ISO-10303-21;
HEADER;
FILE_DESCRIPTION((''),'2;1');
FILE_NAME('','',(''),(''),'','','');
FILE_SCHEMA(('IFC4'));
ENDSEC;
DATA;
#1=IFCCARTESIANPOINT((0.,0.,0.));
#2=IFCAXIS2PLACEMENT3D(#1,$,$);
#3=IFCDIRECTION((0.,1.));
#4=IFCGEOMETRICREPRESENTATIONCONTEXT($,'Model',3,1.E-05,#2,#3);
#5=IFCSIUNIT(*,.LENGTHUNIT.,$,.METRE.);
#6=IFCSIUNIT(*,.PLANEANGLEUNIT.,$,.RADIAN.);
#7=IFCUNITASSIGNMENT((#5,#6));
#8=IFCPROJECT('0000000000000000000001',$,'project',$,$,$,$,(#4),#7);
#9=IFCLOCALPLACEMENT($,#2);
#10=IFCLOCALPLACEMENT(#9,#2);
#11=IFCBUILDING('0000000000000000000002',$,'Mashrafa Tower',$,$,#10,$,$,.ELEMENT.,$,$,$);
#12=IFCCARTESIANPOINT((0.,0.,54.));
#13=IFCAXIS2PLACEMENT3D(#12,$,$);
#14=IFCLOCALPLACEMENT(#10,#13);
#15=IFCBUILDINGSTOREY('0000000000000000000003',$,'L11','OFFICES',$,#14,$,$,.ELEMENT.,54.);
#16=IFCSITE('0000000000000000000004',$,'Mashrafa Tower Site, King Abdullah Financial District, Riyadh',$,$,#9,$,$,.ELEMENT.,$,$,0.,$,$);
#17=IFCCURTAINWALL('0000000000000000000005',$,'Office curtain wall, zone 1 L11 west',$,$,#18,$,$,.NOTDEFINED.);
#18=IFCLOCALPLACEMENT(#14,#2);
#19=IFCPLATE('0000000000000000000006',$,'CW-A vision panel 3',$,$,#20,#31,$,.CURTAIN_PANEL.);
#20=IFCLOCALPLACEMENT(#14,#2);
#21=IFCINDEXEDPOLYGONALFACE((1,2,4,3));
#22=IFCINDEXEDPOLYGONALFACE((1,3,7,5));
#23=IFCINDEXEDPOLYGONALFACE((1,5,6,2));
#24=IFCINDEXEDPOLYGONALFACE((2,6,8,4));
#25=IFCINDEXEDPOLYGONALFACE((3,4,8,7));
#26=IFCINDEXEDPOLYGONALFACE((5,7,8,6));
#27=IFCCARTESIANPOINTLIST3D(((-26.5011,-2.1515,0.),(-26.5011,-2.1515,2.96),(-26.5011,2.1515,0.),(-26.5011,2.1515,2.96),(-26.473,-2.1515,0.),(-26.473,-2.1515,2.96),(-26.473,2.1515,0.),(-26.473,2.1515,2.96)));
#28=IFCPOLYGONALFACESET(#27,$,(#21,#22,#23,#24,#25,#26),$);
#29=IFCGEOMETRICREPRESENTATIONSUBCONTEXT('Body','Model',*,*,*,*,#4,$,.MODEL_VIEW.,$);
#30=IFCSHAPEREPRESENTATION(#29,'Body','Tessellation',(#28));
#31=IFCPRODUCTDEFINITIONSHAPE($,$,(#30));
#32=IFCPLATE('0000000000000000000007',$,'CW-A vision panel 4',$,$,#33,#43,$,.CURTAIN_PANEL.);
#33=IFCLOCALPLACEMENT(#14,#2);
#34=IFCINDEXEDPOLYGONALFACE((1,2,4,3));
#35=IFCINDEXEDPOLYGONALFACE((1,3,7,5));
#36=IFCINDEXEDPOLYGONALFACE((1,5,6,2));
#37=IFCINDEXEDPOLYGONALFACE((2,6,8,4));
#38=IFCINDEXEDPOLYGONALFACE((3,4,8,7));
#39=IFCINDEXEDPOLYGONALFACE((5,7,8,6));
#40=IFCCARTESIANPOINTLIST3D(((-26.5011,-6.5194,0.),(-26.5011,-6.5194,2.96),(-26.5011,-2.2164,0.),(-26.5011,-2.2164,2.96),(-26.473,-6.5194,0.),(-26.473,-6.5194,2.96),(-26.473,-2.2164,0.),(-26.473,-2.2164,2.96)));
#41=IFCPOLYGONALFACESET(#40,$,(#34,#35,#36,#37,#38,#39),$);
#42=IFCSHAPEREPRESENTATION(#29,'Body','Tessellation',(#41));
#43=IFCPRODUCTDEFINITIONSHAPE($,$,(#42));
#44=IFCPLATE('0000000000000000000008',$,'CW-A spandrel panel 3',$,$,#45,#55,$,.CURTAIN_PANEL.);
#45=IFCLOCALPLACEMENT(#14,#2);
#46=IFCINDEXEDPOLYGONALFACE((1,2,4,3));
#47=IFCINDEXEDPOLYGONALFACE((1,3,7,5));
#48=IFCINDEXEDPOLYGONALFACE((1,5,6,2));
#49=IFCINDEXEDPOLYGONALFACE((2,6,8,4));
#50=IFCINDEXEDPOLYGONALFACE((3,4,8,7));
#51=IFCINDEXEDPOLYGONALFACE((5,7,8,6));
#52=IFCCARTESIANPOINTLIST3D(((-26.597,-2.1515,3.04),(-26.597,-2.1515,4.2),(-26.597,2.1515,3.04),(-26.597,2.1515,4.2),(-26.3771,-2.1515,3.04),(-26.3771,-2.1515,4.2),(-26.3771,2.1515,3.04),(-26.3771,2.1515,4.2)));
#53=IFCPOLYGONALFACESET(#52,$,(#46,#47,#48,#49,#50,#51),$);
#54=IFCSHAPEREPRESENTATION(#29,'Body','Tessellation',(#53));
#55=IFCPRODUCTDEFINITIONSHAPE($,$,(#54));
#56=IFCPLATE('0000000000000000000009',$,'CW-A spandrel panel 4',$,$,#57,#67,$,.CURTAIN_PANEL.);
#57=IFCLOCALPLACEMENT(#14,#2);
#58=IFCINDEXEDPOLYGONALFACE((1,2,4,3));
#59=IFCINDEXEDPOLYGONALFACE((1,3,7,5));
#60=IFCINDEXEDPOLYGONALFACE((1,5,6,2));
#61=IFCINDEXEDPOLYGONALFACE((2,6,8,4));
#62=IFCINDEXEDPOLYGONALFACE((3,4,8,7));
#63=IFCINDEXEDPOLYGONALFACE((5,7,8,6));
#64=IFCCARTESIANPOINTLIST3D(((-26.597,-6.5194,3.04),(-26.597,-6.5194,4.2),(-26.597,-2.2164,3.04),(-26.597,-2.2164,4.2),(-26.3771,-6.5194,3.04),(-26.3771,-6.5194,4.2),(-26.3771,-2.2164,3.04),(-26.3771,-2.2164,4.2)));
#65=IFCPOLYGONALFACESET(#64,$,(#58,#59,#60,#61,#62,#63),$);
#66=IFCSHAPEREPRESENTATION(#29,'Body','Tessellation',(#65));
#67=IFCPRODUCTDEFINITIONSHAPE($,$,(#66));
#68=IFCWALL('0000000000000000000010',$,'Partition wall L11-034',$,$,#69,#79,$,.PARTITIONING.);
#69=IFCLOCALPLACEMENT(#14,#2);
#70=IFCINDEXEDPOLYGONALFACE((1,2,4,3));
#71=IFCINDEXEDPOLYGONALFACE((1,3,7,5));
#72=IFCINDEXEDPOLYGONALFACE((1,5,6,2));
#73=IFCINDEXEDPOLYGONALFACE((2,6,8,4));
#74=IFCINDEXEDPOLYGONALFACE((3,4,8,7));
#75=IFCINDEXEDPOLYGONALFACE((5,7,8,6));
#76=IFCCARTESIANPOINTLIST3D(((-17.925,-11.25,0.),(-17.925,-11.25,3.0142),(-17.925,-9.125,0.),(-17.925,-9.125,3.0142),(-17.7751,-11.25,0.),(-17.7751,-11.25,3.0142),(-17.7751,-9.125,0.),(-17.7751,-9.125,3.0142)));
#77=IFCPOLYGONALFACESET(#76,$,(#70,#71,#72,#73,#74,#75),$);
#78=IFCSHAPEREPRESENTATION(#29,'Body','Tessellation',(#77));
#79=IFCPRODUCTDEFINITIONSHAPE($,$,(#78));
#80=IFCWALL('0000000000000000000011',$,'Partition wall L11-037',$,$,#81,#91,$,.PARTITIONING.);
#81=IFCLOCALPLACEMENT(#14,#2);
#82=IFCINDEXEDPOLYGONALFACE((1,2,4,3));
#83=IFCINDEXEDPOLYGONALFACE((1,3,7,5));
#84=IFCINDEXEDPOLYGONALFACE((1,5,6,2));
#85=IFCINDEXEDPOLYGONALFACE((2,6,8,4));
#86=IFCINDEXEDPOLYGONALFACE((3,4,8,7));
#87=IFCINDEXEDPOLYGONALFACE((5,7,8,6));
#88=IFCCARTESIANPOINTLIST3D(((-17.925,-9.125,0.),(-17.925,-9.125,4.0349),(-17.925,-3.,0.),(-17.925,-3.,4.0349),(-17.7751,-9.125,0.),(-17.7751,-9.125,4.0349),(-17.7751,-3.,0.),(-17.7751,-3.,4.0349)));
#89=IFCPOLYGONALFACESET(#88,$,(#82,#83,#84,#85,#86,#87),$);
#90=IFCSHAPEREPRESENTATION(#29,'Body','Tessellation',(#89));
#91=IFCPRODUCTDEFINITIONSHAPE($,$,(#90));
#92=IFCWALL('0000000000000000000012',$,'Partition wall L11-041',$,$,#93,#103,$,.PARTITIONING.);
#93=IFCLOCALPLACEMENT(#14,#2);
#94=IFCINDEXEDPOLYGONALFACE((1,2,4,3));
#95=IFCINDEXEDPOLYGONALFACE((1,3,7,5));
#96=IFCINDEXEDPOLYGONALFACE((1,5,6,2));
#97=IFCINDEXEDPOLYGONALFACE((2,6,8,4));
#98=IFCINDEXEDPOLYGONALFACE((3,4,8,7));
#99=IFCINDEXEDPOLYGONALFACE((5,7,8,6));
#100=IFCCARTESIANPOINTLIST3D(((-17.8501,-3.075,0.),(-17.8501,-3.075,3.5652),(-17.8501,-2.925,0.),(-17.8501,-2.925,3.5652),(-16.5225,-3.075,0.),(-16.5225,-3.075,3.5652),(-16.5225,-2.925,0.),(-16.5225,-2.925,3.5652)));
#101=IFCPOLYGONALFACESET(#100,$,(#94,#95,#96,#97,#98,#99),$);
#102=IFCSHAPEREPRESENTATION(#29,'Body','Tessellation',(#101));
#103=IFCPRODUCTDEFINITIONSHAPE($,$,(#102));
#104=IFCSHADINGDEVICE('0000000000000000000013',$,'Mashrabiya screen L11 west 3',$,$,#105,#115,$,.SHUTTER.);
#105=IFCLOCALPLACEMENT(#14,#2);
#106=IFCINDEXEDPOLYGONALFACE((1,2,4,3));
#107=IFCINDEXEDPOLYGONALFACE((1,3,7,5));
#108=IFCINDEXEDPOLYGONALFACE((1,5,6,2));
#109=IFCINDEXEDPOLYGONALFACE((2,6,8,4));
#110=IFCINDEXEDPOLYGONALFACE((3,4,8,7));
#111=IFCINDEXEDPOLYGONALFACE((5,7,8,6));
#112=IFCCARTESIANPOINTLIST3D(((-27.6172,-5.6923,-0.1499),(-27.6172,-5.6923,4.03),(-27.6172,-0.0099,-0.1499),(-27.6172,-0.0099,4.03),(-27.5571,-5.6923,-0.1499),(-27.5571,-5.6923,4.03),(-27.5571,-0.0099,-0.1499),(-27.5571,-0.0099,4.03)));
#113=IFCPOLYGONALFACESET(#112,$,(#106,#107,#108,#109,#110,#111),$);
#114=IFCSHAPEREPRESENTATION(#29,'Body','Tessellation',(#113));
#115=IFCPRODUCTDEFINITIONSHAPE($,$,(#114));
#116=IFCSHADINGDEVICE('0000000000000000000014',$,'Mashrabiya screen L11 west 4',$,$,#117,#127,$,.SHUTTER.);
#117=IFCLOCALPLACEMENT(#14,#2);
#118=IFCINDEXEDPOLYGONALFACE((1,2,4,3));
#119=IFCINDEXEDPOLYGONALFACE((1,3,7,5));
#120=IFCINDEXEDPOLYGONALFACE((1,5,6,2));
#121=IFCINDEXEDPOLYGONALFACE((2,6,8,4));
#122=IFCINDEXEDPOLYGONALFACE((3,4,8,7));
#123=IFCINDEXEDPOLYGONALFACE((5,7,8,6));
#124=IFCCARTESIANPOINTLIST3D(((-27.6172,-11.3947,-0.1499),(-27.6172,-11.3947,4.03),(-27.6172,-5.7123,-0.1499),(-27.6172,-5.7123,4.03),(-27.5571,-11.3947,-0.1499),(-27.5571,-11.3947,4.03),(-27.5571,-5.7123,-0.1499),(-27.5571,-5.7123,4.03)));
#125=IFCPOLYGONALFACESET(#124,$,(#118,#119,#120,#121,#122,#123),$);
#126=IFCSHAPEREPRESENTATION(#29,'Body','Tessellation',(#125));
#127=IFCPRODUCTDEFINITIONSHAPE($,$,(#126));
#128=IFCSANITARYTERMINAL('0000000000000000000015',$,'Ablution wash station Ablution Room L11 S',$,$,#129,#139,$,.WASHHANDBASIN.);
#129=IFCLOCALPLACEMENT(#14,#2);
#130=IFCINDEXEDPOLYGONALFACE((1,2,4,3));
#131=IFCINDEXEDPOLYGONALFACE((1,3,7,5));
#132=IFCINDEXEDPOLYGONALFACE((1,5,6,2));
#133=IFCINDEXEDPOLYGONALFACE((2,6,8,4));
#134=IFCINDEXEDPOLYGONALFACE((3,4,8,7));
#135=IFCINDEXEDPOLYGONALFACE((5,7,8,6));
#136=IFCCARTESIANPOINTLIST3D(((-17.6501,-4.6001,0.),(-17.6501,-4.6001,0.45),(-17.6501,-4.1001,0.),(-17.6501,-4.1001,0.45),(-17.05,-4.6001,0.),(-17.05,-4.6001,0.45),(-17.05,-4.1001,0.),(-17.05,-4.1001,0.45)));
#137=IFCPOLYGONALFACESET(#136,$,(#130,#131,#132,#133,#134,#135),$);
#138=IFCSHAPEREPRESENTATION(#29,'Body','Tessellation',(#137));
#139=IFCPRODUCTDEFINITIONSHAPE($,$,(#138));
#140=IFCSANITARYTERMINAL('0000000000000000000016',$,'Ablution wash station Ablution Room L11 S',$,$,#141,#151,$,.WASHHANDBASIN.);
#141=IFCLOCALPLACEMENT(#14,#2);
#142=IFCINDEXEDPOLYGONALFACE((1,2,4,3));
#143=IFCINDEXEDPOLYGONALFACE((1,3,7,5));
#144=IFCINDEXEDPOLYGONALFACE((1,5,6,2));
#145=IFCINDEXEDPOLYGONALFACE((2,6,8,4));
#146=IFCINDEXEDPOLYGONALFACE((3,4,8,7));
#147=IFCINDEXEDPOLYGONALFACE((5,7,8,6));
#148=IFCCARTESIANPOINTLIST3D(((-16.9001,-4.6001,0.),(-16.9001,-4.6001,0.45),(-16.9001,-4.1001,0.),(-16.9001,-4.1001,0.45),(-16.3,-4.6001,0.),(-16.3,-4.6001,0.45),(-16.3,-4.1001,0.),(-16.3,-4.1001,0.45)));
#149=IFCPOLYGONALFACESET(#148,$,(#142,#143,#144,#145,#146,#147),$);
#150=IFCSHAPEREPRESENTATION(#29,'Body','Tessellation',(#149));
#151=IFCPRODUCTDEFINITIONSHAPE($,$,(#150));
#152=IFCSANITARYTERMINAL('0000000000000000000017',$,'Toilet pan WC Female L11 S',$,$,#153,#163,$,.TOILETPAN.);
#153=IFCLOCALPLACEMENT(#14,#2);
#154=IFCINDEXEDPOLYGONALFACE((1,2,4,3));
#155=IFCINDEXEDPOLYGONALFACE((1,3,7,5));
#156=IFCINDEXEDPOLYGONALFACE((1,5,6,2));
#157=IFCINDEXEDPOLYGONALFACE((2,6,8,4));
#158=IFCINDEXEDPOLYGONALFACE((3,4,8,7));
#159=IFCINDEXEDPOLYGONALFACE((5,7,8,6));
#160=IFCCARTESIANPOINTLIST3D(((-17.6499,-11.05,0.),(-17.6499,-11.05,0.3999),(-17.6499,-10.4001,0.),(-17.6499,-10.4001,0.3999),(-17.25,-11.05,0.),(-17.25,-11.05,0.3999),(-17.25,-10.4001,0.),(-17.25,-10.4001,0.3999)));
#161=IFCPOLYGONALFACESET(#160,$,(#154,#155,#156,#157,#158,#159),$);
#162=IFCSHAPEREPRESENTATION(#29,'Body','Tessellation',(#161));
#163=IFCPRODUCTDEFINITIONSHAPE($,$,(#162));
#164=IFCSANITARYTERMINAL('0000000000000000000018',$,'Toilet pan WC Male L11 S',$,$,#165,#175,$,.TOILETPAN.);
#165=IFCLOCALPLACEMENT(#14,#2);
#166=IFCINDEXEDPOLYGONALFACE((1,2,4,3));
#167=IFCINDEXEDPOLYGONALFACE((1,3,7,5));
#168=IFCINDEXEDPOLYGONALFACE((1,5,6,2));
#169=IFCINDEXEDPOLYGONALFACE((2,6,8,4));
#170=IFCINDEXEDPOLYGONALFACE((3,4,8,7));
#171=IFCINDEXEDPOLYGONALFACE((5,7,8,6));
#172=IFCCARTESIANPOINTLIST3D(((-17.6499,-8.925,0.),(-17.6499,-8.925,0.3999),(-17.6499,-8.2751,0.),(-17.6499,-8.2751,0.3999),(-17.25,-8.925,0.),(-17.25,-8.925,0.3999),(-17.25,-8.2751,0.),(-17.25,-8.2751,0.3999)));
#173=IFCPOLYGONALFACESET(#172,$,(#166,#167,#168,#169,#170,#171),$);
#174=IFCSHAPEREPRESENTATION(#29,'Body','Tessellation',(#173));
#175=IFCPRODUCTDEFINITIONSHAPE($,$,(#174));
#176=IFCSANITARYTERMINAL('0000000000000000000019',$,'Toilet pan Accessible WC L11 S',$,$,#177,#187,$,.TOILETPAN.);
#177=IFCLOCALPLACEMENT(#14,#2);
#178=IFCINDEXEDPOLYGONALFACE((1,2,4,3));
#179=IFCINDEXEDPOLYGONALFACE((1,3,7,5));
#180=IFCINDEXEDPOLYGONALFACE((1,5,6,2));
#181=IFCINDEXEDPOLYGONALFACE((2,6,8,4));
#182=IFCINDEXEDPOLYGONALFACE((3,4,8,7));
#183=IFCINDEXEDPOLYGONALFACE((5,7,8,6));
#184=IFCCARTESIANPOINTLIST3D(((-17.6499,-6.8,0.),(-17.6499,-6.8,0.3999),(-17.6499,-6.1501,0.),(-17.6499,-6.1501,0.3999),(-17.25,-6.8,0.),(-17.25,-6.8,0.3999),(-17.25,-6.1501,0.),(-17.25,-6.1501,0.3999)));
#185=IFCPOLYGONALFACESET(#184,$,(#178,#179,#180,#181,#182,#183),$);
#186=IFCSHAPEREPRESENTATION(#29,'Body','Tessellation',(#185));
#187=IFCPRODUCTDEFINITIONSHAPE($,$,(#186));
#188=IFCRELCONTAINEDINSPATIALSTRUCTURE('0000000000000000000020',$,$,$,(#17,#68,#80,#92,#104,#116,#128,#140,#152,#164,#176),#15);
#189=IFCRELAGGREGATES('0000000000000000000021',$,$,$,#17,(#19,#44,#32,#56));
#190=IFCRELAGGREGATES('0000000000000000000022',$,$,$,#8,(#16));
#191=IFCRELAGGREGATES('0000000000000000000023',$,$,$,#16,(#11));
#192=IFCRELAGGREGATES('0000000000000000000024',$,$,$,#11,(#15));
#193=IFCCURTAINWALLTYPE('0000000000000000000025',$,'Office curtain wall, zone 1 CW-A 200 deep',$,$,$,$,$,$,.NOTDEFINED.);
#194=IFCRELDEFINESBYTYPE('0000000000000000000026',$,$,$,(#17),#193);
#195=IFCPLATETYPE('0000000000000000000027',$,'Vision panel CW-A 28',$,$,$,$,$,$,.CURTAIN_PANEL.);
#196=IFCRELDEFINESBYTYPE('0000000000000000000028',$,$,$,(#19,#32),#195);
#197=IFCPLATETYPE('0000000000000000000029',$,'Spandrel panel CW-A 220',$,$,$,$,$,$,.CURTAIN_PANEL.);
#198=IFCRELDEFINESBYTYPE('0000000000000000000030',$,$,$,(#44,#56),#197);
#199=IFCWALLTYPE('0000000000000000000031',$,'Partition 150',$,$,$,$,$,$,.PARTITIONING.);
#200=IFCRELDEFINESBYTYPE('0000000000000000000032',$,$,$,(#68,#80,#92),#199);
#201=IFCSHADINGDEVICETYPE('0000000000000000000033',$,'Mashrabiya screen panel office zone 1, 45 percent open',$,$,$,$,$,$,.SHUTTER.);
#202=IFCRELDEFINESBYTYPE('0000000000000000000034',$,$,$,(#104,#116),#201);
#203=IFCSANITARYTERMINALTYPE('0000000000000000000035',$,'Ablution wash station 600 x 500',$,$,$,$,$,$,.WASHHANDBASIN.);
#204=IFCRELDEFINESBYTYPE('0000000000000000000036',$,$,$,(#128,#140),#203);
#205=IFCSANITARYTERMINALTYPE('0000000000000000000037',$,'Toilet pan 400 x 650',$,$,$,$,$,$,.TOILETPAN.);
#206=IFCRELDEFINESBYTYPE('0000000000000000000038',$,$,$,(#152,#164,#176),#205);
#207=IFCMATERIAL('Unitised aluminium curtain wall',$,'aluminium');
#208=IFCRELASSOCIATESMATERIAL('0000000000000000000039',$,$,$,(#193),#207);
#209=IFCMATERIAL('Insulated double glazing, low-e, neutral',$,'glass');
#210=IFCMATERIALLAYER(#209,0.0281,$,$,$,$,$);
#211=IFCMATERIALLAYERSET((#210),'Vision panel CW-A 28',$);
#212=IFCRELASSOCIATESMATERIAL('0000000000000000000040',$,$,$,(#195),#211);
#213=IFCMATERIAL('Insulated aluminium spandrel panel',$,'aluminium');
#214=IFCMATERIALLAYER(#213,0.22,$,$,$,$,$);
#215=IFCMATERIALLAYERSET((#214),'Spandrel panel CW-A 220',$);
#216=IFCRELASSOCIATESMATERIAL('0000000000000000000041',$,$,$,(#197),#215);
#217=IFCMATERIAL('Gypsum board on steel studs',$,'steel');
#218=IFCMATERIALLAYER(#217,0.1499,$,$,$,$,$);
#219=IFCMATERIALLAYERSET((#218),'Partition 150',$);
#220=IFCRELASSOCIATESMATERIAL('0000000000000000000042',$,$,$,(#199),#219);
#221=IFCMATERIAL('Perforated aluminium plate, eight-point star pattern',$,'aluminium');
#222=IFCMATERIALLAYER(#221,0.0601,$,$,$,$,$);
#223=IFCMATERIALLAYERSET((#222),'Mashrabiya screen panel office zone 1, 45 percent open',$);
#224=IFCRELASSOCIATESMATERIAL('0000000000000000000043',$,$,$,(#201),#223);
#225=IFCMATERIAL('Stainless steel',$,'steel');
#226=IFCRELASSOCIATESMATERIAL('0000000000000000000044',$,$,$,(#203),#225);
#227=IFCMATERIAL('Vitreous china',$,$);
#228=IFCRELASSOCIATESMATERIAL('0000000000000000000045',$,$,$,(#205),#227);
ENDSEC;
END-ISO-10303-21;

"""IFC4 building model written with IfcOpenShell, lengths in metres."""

from ifc_helpers import new_model, si_unit, direction, frame, frame_2d, origin, origin_2d, place, context, subcontext, project, spatial, rectangle, extrude, source, transform, mapped, material, layer, layer_set, type_object, type_shapes, element, aggregate, save


model = new_model("IFC4")

# Units and contexts
model_context = context("Model", 3, precision=1e-05, world=origin(), true_north=direction((0.0, 1.0)))
body_context = subcontext(model_context, "Body", "Model", "MODEL_VIEW")
ifc_project = project(units=[si_unit("LENGTHUNIT", "METRE"), si_unit("PLANEANGLEUNIT", "RADIAN")], contexts=[model_context])

# Site, building, storey
site_placement = place(None, origin())
site = spatial("IfcSite", under=ifc_project, at=site_placement, Name="Mashrafa Tower Site, King Abdullah Financial District, Riyadh", CompositionType="ELEMENT", RefElevation=0.0)
building_placement = place(site_placement, origin())
building = spatial("IfcBuilding", under=site, at=building_placement, Name="Mashrafa Tower", CompositionType="ELEMENT")
storey_placement = place(building_placement, frame((0.0, 0.0, 54.0)))
storey = spatial("IfcBuildingStorey", under=building, at=storey_placement, Name="L11", Description="OFFICES", CompositionType="ELEMENT", Elevation=54.0)

# Curtain wall, plates
ifc_material_1 = material(Name="Unitised aluminium curtain wall", Category="aluminium")
curtain_wall_type = type_object("IfcCurtainWallType", Name="Office curtain wall, zone 1 CW-A 200 deep", PredefinedType="NOTDEFINED", material=ifc_material_1)
curtain_wall_placement = place(storey_placement, origin())
curtain_wall = element("IfcCurtainWall", 1, at=curtain_wall_placement, inside=storey, type_object=curtain_wall_type, Name="Office curtain wall, zone 1 L11 west", PredefinedType="NOTDEFINED")
ifc_material_2 = material(Name="Insulated double glazing, low-e, neutral", Category="glass")
ifc_layer_1 = layer(ifc_material_2, 0.0281)
ifc_layer_set_1 = layer_set([ifc_layer_1], Name="Vision panel CW-A 28")
plate_type_1 = type_object("IfcPlateType", Name="Vision panel CW-A 28", PredefinedType="CURTAIN_PANEL", material=ifc_layer_set_1)
ifc_material_3 = material(Name="Insulated aluminium spandrel panel", Category="aluminium")
ifc_layer_2 = layer(ifc_material_3, 0.22)
ifc_layer_set_2 = layer_set([ifc_layer_2], Name="Spandrel panel CW-A 220")
plate_type_2 = type_object("IfcPlateType", Name="Spandrel panel CW-A 220", PredefinedType="CURTAIN_PANEL", material=ifc_layer_set_2)
shared_shape_1 = source(origin(), body_context, "Body", "SweptSolid", [
    extrude(rectangle(XDim=4.303, YDim=0.0281, at=origin_2d()), origin(), (0.0, 0.0, 1.0), 2.96),
])
plate_1_placement = place(storey_placement, frame((-26.4871, 0.0, 0.0), z_axis=(0.0, 0.0, 1.0), x_axis=(0.0, -1.0, 0.0)))
plate_1 = element("IfcPlate", 2, at=plate_1_placement, type_object=plate_type_1, Name="CW-A vision panel 3", PredefinedType="CURTAIN_PANEL", context=body_context, shape_type="MappedRepresentation", body=[
    mapped(shared_shape_1, transform((0.0, 0.0, 0.0))),
])
plate_2_placement = place(storey_placement, frame((-26.4871, -4.3679, 0.0), z_axis=(0.0, 0.0, 1.0), x_axis=(0.0, -1.0, 0.0)))
plate_2 = element("IfcPlate", 3, at=plate_2_placement, type_object=plate_type_1, Name="CW-A vision panel 4", PredefinedType="CURTAIN_PANEL", context=body_context, shape_type="MappedRepresentation", body=[
    mapped(shared_shape_1, transform((0.0, 0.0, 0.0))),
])
shared_shape_2 = source(origin(), body_context, "Body", "SweptSolid", [
    extrude(rectangle(XDim=4.303, YDim=0.22, at=origin_2d()), origin(), (0.0, 0.0, 1.0), 1.1599),
])
plate_3_placement = place(storey_placement, frame((-26.4871, 0.0, 3.04), z_axis=(0.0, 0.0, 1.0), x_axis=(0.0, -1.0, 0.0)))
plate_3 = element("IfcPlate", 4, at=plate_3_placement, type_object=plate_type_2, Name="CW-A spandrel panel 3", PredefinedType="CURTAIN_PANEL", context=body_context, shape_type="MappedRepresentation", body=[
    mapped(shared_shape_2, transform((0.0, 0.0, 0.0))),
])
plate_4_placement = place(storey_placement, frame((-26.4871, -4.3679, 3.04), z_axis=(0.0, 0.0, 1.0), x_axis=(0.0, -1.0, 0.0)))
plate_4 = element("IfcPlate", 5, at=plate_4_placement, type_object=plate_type_2, Name="CW-A spandrel panel 4", PredefinedType="CURTAIN_PANEL", context=body_context, shape_type="MappedRepresentation", body=[
    mapped(shared_shape_2, transform((0.0, 0.0, 0.0))),
])
aggregate(curtain_wall, [plate_1, plate_3, plate_2, plate_4])

# Walls
ifc_material_4 = material(Name="Gypsum board on steel studs", Category="steel")
ifc_layer_3 = layer(ifc_material_4, 0.1499)
ifc_layer_set_3 = layer_set([ifc_layer_3], Name="Partition 150")
wall_type = type_object("IfcWallType", Name="Partition 150", PredefinedType="PARTITIONING", material=ifc_layer_set_3)
wall_1_placement = place(storey_placement, frame((-17.8501, -9.125, 0.0), z_axis=(0.0, 0.0, 1.0), x_axis=(0.0, -1.0, 0.0)))
element("IfcWall", 6, at=wall_1_placement, inside=storey, type_object=wall_type, Name="Partition wall L11-034", PredefinedType="PARTITIONING", context=body_context, shape_type="SweptSolid", body=[
    extrude(rectangle(XDim=2.125, YDim=0.1499, at=frame_2d((1.0625, 0.0))), origin(), (0.0, 0.0, 1.0), 3.0142),
])
wall_2_placement = place(storey_placement, frame((-17.8501, -9.125, 0.0), z_axis=(0.0, 0.0, 1.0), x_axis=(0.0, 1.0, 0.0)))
element("IfcWall", 7, at=wall_2_placement, inside=storey, type_object=wall_type, Name="Partition wall L11-037", PredefinedType="PARTITIONING", context=body_context, shape_type="SweptSolid", body=[
    extrude(rectangle(XDim=6.125, YDim=0.1499, at=frame_2d((3.0625, 0.0))), origin(), (0.0, 0.0, 1.0), 4.0349),
])
wall_3_placement = place(storey_placement, frame((-16.5225, -3.0, 0.0), z_axis=(0.0, 0.0, 1.0), x_axis=(-1.0, 0.0, 0.0)))
element("IfcWall", 8, at=wall_3_placement, inside=storey, type_object=wall_type, Name="Partition wall L11-041", PredefinedType="PARTITIONING", context=body_context, shape_type="SweptSolid", body=[
    extrude(rectangle(XDim=1.3276, YDim=0.1499, at=frame_2d((0.6638, 0.0))), origin(), (0.0, 0.0, 1.0), 3.5652),
])

# Shading devices
ifc_material_5 = material(Name="Perforated aluminium plate, eight-point star pattern", Category="aluminium")
ifc_layer_4 = layer(ifc_material_5, 0.0601)
ifc_layer_set_4 = layer_set([ifc_layer_4], Name="Mashrabiya screen panel office zone 1, 45 percent open")
shading_device_type = type_object("IfcShadingDeviceType", Name="Mashrabiya screen panel office zone 1, 45 percent open", PredefinedType="SHUTTER", material=ifc_layer_set_4)
shared_shape_3 = source(origin(), body_context, "Body", "SweptSolid", [
    extrude(rectangle(XDim=5.6824, YDim=0.0601, at=origin_2d()), origin(), (0.0, 0.0, 1.0), 4.1799),
])
type_shapes(shading_device_type, [shared_shape_3])
for number, where, z_axis, x_axis, name in (
    (9, (-27.5872, -2.8511, -0.1499), (0.0, 0.0, 1.0), (0.0, -1.0, 0.0), "Mashrabiya screen L11 west 3"),
    (10, (-27.5872, -8.5535, -0.1499), (0.0, 0.0, 1.0), (0.0, -1.0, 0.0), "Mashrabiya screen L11 west 4"),
):
    element("IfcShadingDevice", number, at=place(storey_placement, frame(where, z_axis=z_axis, x_axis=x_axis)), inside=storey, type_object=shading_device_type, Name=name, PredefinedType="SHUTTER", context=body_context, shape_type="MappedRepresentation", body=[
        mapped(shared_shape_3, transform((0.0, 0.0, 0.0))),
    ])

# Sanitary terminals
ifc_material_6 = material(Name="Stainless steel", Category="steel")
sanitary_terminal_type_1 = type_object("IfcSanitaryTerminalType", Name="Ablution wash station 600 x 500", PredefinedType="WASHHANDBASIN", material=ifc_material_6)
for number, where, z_axis, x_axis, name in (
    (11, (-17.3501, -4.3501, 0.0), (0.0, 0.0, 1.0), (1.0, 0.0, 0.0), "Ablution wash station Ablution Room L11 S"),
    (12, (-16.6001, -4.3501, 0.0), (0.0, 0.0, 1.0), (1.0, 0.0, 0.0), "Ablution wash station Ablution Room L11 S"),
):
    element("IfcSanitaryTerminal", number, at=place(storey_placement, frame(where, z_axis=z_axis, x_axis=x_axis)), inside=storey, type_object=sanitary_terminal_type_1, Name=name, PredefinedType="WASHHANDBASIN", context=body_context, shape_type="SweptSolid", body=[
        extrude(rectangle(XDim=0.6001, YDim=0.5, at=origin_2d()), origin(), (0.0, 0.0, 1.0), 0.45),
    ])
ifc_material_7 = material(Name="Vitreous china")
sanitary_terminal_type_2 = type_object("IfcSanitaryTerminalType", Name="Toilet pan 400 x 650", PredefinedType="TOILETPAN", material=ifc_material_7)
for number, where, z_axis, x_axis, name in (
    (13, (-17.45, -10.7251, 0.0), (0.0, 0.0, 1.0), (1.0, 0.0, 0.0), "Toilet pan WC Female L11 S"),
    (14, (-17.45, -8.6001, 0.0), (0.0, 0.0, 1.0), (1.0, 0.0, 0.0), "Toilet pan WC Male L11 S"),
    (15, (-17.45, -6.4751, 0.0), (0.0, 0.0, 1.0), (1.0, 0.0, 0.0), "Toilet pan Accessible WC L11 S"),
):
    element("IfcSanitaryTerminal", number, at=place(storey_placement, frame(where, z_axis=z_axis, x_axis=x_axis)), inside=storey, type_object=sanitary_terminal_type_2, Name=name, PredefinedType="TOILETPAN", context=body_context, shape_type="SweptSolid", body=[
        extrude(rectangle(XDim=0.3999, YDim=0.6499, at=origin_2d()), origin(), (0.0, 0.0, 1.0), 0.3999),
    ])

save(model, "model.ifc")
